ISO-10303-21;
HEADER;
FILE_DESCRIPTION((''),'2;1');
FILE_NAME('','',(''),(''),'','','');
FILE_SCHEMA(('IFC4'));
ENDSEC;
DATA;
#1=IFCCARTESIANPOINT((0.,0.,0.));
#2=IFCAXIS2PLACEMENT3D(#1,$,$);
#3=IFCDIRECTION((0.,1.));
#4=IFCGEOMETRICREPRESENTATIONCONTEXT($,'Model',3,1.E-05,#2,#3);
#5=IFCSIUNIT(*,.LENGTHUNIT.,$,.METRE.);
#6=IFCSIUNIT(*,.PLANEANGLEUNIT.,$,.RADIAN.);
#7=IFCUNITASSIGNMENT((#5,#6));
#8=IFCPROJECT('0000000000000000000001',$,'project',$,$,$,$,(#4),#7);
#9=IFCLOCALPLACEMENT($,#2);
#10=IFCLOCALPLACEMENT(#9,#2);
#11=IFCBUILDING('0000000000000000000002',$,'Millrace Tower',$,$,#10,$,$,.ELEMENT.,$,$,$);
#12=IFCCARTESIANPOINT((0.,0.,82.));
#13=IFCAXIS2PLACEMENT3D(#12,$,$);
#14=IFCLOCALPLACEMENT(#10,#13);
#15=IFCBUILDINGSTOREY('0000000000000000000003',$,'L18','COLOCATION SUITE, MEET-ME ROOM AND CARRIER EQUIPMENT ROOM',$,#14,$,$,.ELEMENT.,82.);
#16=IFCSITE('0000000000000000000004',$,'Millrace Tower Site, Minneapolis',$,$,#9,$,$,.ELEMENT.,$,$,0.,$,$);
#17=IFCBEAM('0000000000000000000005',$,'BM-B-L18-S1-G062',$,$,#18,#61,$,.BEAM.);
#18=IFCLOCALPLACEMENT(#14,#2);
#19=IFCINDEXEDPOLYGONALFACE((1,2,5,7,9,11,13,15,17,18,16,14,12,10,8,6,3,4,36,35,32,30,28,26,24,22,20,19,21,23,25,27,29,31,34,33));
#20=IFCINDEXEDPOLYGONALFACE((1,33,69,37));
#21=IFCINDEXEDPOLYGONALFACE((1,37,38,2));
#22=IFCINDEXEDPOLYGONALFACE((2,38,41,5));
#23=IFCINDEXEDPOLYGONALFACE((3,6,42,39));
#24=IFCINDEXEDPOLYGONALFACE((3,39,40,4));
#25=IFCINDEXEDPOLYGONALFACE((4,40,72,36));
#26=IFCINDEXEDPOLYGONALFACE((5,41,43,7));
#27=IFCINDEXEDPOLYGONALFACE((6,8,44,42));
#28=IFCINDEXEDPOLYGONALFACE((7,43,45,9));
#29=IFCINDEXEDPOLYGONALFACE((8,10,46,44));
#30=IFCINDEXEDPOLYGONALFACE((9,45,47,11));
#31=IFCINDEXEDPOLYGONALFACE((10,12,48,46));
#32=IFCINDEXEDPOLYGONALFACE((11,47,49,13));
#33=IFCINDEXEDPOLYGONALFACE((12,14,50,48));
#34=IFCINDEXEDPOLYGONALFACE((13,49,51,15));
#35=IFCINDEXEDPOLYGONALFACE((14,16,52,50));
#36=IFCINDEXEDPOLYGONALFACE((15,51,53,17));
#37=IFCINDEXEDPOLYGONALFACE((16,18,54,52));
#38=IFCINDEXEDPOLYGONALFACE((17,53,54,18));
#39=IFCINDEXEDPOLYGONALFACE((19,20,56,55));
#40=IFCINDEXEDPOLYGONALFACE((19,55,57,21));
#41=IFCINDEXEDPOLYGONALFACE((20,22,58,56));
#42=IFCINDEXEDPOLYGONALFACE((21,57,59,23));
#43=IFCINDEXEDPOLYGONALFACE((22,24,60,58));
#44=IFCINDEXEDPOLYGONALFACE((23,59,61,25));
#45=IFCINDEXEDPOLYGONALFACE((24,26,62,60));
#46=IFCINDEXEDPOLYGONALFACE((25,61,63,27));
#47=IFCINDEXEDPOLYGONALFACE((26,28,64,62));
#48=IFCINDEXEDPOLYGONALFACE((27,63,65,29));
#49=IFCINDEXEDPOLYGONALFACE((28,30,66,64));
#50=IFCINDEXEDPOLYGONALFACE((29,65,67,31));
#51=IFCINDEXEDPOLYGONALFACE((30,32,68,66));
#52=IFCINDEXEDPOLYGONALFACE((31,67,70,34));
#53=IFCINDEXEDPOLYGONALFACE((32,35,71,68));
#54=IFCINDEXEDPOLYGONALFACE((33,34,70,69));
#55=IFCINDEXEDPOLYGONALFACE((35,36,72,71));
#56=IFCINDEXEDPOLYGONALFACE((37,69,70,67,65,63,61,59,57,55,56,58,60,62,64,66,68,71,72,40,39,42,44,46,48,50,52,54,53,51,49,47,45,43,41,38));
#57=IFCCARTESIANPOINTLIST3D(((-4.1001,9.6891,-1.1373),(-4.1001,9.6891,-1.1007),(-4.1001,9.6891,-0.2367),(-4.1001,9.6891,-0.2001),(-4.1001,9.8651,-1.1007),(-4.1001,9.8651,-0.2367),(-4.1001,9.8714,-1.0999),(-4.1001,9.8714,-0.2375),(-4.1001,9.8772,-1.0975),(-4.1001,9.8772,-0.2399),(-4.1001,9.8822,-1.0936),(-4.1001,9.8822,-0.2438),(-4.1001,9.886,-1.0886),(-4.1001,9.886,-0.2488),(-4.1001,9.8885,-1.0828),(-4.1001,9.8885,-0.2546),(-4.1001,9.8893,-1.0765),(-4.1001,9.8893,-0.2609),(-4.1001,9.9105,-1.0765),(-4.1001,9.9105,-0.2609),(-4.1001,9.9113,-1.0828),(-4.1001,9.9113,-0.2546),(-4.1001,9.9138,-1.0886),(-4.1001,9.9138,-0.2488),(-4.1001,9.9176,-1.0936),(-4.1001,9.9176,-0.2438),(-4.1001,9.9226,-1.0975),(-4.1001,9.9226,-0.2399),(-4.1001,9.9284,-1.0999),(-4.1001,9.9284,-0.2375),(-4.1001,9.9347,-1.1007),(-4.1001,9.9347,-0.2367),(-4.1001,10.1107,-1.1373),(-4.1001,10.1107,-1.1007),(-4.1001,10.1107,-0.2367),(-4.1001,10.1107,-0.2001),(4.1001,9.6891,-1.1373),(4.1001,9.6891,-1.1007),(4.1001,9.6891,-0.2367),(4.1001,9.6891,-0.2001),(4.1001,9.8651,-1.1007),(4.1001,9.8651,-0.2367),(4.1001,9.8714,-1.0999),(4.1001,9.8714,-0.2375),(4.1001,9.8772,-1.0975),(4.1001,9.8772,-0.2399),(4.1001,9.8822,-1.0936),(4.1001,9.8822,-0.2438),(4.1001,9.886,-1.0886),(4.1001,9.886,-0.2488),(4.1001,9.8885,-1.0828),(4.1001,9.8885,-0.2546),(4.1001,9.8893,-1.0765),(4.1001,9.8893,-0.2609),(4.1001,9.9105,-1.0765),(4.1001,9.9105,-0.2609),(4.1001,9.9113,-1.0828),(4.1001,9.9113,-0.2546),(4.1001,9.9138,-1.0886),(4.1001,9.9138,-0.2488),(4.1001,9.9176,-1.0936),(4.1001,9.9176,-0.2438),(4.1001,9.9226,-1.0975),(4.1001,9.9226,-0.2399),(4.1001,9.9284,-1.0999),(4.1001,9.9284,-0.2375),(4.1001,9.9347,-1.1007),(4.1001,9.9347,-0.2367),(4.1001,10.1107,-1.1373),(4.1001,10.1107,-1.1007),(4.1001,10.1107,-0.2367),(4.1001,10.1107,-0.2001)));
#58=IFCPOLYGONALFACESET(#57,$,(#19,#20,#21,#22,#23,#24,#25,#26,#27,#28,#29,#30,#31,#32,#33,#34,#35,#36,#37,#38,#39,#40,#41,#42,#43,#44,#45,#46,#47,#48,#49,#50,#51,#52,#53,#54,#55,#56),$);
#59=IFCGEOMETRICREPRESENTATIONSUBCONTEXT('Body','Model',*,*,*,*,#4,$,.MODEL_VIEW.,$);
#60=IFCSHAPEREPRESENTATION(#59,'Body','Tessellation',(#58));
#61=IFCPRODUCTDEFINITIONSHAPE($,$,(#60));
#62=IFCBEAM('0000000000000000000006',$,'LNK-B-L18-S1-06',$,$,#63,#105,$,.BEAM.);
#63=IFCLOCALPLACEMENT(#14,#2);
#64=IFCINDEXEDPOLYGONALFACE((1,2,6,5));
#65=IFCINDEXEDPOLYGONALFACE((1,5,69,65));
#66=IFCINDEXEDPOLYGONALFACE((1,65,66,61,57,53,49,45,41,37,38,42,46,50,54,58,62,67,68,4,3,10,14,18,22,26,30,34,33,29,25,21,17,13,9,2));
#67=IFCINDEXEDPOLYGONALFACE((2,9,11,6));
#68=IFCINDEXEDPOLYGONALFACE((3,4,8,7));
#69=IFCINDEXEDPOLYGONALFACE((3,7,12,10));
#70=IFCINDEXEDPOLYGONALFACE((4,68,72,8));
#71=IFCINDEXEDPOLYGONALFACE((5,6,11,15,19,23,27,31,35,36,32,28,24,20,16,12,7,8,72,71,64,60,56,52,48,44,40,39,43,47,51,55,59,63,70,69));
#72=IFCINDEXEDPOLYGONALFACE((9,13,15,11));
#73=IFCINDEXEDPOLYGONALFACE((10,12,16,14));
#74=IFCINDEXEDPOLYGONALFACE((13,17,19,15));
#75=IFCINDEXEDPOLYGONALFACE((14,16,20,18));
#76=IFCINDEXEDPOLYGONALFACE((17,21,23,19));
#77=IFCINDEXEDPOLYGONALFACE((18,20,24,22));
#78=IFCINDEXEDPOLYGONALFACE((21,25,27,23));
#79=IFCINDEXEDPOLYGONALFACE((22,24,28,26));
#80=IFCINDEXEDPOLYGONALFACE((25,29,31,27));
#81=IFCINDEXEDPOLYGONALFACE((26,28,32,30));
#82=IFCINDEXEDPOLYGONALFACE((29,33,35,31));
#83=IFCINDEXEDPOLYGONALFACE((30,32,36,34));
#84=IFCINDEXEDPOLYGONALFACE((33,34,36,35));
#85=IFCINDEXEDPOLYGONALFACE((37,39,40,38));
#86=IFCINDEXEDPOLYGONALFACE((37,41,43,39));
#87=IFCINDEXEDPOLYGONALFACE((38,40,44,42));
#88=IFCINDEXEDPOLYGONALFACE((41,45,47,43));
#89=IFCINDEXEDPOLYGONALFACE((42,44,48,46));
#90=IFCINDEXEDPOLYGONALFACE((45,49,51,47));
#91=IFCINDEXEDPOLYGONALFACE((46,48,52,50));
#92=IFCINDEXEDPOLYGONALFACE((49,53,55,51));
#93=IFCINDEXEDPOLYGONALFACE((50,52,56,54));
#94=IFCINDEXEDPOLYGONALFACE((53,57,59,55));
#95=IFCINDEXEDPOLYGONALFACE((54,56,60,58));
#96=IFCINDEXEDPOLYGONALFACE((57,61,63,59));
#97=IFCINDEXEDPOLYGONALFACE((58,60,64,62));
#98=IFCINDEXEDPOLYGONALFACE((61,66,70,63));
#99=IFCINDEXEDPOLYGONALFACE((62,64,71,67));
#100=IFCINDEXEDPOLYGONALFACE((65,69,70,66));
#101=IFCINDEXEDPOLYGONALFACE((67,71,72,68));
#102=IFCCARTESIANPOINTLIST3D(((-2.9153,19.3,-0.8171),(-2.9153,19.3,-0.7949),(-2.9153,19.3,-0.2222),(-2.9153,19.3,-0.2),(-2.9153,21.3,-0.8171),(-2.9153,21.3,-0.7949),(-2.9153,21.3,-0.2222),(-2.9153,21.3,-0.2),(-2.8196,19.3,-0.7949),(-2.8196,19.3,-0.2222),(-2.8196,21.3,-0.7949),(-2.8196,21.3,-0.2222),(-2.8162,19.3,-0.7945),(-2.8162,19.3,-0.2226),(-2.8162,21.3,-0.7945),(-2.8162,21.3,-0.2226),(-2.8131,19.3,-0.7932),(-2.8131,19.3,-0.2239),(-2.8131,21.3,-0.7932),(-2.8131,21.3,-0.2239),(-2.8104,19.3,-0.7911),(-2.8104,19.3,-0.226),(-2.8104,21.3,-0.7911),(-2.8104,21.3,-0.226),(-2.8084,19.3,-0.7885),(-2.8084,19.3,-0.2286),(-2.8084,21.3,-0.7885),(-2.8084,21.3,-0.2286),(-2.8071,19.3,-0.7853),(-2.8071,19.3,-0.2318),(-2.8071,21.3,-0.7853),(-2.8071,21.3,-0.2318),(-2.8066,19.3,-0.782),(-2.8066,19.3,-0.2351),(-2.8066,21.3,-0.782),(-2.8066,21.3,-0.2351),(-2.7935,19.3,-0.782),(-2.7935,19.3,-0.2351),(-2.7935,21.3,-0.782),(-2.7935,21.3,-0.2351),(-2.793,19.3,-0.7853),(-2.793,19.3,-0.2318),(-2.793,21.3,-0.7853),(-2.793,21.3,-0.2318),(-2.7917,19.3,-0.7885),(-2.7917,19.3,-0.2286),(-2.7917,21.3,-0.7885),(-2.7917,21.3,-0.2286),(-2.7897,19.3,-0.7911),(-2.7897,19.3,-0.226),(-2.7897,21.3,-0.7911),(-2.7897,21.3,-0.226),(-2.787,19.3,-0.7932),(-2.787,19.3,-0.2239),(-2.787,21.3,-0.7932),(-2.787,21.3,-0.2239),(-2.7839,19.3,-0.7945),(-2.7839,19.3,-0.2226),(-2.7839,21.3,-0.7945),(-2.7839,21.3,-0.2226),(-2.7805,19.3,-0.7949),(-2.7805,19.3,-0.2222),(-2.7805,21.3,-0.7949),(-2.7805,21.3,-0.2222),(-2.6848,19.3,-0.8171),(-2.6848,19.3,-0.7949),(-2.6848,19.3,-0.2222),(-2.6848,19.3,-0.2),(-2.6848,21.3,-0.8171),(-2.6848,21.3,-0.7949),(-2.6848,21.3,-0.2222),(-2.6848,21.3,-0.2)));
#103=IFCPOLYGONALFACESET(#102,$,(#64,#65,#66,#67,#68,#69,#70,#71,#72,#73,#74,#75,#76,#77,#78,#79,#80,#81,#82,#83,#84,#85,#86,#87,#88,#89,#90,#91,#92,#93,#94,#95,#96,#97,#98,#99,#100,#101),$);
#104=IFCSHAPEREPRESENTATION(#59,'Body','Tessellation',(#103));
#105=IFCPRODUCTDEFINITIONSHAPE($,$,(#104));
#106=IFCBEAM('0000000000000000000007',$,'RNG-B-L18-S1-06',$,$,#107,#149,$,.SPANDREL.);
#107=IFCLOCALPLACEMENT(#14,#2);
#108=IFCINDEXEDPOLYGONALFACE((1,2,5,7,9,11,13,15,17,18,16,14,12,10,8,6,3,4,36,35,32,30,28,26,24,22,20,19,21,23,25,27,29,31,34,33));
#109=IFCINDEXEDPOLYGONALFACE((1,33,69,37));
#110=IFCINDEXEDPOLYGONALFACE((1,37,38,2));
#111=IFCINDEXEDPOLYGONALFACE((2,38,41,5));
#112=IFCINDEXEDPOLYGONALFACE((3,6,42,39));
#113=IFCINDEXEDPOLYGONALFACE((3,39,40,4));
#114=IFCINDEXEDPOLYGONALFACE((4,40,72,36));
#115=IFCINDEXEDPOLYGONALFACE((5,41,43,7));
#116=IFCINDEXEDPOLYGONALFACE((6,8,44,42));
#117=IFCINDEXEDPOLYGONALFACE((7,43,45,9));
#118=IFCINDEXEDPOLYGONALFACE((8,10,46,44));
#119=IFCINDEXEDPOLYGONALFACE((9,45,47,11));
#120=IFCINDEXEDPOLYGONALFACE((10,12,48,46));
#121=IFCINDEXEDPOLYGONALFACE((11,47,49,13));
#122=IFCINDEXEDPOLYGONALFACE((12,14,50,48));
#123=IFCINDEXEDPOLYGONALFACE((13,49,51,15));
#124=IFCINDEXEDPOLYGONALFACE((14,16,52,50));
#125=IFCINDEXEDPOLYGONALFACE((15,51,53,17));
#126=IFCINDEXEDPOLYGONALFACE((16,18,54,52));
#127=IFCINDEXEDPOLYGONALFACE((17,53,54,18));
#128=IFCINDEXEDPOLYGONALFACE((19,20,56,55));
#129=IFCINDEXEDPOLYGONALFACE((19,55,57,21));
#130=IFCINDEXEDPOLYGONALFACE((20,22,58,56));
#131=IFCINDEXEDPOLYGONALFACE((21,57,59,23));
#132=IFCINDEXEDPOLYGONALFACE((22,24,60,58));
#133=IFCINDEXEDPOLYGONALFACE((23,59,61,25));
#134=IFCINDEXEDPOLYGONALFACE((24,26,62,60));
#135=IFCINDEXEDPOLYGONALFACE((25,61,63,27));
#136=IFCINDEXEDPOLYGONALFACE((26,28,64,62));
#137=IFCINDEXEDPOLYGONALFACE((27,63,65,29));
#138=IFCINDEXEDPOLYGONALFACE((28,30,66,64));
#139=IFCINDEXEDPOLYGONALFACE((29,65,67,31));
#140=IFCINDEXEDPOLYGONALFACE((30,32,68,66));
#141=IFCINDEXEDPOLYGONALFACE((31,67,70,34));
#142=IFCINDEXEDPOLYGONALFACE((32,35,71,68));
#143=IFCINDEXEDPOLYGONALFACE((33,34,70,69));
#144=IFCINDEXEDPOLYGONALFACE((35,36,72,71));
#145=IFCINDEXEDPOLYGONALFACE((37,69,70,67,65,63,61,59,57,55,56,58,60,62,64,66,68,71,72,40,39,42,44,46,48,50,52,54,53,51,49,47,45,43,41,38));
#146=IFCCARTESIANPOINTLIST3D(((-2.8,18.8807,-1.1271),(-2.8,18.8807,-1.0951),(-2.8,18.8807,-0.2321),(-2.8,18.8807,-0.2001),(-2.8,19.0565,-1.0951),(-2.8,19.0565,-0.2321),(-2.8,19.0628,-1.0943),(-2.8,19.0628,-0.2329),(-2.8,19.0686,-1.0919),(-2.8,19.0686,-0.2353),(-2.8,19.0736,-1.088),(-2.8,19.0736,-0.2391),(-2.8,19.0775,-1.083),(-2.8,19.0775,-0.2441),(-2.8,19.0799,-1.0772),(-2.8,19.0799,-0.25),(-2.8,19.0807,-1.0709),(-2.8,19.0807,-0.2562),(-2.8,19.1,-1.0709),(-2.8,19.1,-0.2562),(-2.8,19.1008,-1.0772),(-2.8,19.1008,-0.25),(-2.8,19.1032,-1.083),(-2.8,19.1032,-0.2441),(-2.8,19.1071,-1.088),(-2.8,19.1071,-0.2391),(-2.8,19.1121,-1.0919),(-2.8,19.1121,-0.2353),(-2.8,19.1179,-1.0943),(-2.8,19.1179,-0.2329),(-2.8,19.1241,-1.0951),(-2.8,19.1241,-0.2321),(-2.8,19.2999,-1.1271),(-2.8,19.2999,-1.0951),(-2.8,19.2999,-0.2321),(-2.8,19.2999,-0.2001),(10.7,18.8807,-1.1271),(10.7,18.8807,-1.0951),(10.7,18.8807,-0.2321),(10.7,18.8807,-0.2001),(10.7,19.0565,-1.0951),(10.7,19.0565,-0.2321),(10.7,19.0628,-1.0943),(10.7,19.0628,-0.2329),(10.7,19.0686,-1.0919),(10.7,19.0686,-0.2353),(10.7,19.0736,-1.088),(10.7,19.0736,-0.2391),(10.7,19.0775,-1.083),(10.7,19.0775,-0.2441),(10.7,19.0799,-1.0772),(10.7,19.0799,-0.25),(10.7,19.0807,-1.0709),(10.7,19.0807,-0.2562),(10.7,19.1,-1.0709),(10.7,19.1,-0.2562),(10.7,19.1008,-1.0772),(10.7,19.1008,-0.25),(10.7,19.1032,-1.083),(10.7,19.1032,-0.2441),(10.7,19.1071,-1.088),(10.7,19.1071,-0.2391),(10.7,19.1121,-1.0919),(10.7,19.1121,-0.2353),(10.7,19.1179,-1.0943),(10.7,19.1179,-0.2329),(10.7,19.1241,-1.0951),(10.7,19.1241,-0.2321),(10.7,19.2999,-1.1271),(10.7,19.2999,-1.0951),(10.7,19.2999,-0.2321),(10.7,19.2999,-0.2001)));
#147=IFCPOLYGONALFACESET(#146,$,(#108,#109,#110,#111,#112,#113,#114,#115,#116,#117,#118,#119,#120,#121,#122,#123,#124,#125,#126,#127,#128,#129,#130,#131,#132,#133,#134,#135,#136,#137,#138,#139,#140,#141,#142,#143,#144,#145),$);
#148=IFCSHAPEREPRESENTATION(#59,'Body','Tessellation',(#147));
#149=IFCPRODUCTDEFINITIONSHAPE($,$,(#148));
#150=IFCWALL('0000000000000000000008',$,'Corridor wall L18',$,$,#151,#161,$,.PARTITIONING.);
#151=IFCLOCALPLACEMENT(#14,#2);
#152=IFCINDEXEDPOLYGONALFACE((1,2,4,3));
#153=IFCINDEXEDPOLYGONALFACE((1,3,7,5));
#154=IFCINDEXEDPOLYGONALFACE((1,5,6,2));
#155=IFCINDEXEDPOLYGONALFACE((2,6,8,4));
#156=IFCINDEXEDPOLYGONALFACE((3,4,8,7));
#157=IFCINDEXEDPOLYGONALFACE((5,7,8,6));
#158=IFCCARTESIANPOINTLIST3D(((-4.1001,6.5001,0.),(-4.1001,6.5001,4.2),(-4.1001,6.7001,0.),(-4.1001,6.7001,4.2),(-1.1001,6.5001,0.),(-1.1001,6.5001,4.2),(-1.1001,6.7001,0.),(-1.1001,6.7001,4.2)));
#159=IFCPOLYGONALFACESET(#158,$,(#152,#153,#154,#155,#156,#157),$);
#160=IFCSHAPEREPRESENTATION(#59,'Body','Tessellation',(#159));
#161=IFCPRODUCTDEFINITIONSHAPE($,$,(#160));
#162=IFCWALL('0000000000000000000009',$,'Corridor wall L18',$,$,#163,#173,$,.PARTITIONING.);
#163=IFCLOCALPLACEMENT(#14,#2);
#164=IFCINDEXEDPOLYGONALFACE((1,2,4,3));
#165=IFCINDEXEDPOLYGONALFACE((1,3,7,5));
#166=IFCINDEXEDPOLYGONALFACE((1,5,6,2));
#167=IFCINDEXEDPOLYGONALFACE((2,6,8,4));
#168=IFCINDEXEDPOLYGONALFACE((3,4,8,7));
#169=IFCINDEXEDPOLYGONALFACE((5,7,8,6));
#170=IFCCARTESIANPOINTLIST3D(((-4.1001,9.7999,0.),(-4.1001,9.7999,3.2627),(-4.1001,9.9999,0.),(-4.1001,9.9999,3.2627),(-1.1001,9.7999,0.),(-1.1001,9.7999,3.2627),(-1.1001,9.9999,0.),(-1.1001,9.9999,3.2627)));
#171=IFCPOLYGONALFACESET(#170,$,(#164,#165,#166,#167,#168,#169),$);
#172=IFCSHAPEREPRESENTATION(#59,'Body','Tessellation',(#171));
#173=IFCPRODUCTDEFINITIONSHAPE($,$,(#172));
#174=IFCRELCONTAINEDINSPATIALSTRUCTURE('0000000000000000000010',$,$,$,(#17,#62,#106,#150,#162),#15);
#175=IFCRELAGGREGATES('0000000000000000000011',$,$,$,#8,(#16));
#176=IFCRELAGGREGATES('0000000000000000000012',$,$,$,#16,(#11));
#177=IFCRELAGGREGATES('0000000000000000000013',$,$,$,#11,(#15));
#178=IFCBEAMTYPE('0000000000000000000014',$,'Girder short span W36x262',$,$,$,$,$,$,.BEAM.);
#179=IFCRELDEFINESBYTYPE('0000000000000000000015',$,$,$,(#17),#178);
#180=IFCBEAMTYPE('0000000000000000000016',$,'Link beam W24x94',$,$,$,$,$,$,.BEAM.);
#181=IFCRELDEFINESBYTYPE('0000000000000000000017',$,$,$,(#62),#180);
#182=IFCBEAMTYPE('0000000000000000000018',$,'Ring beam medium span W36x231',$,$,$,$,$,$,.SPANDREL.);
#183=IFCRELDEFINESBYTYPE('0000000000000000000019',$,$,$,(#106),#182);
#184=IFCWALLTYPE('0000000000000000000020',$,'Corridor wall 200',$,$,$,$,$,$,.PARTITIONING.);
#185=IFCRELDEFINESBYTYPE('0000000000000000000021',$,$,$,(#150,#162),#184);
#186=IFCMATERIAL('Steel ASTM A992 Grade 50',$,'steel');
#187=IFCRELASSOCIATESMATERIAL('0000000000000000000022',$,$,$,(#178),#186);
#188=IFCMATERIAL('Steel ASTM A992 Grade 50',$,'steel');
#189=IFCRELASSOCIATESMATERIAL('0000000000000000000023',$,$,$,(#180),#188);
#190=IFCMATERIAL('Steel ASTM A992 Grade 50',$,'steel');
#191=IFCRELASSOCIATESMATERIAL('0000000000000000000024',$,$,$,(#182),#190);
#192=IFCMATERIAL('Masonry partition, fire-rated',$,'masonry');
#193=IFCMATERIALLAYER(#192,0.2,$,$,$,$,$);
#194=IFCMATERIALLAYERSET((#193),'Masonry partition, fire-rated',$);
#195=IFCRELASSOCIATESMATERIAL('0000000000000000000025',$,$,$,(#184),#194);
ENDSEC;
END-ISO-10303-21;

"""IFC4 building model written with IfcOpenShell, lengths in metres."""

from ifc_helpers import new_model, si_unit, direction, frame, frame_2d, origin, origin_2d, place, context, subcontext, project, spatial, rectangle, i_section, extrude, material, layer, layer_set, material_profile, profile_set, type_object, element, save


model = new_model("IFC4")

# Units and contexts
model_context = context("Model", 3, precision=1e-05, world=origin(), true_north=direction((0.0, 1.0)))
body_context = subcontext(model_context, "Body", "Model", "MODEL_VIEW")
ifc_project = project(units=[si_unit("LENGTHUNIT", "METRE"), si_unit("PLANEANGLEUNIT", "RADIAN")], contexts=[model_context])

# Site, building, storey
site_placement = place(None, origin())
site = spatial("IfcSite", under=ifc_project, at=site_placement, Name="Millrace Tower Site, Minneapolis", CompositionType="ELEMENT", RefElevation=0.0)
building_placement = place(site_placement, origin())
building = spatial("IfcBuilding", under=site, at=building_placement, Name="Millrace Tower", CompositionType="ELEMENT")
storey_placement = place(building_placement, frame((0.0, 0.0, 82.0)))
storey = spatial("IfcBuildingStorey", under=building, at=storey_placement, Name="L18", Description="COLOCATION SUITE, MEET-ME ROOM AND CARRIER EQUIPMENT ROOM", CompositionType="ELEMENT", Elevation=82.0)

# Beams
ifc_material_1 = material(Name="Steel ASTM A992 Grade 50", Category="steel")
ifc_material_profile_1 = material_profile(ifc_material_1, i_section(OverallWidth=0.4216, OverallDepth=0.9373, WebThickness=0.0212, FlangeThickness=0.0366, FilletRadius=0.0242, at=origin_2d()))
ifc_profile_set_1 = profile_set([ifc_material_profile_1], Name="Steel ASTM A992 Grade 50")
beam_type_1 = type_object("IfcBeamType", Name="Girder short span W36x262", PredefinedType="BEAM", material=ifc_profile_set_1)
beam_1_placement = place(storey_placement, frame((-4.1001, 9.8999, -0.6687), z_axis=(1.0, 0.0, 0.0), x_axis=(0.0, 1.0, 0.0)))
element("IfcBeam", 1, at=beam_1_placement, inside=storey, type_object=beam_type_1, Name="BM-B-L18-S1-G062", PredefinedType="BEAM", context=body_context, shape_type="SweptSolid", body=[
    extrude(i_section(OverallWidth=0.4216, OverallDepth=0.9373, WebThickness=0.0212, FlangeThickness=0.0366, FilletRadius=0.0242, at=origin_2d()), origin(), (0.0, 0.0, 1.0), 8.2002),
])
ifc_material_2 = material(Name="Steel ASTM A992 Grade 50", Category="steel")
ifc_material_profile_2 = material_profile(ifc_material_2, i_section(OverallWidth=0.2305, OverallDepth=0.6172, WebThickness=0.0132, FlangeThickness=0.0222, FilletRadius=0.0129, at=origin_2d()))
ifc_profile_set_2 = profile_set([ifc_material_profile_2], Name="Steel ASTM A992 Grade 50")
beam_type_2 = type_object("IfcBeamType", Name="Link beam W24x94", PredefinedType="BEAM", material=ifc_profile_set_2)
beam_2_placement = place(storey_placement, frame((-2.8, 19.3, -0.5085), z_axis=(0.0, 1.0, 0.0), x_axis=(-1.0, 0.0, 0.0)))
element("IfcBeam", 2, at=beam_2_placement, inside=storey, type_object=beam_type_2, Name="LNK-B-L18-S1-06", PredefinedType="BEAM", context=body_context, shape_type="SweptSolid", body=[
    extrude(i_section(OverallWidth=0.2305, OverallDepth=0.6172, WebThickness=0.0132, FlangeThickness=0.0222, FilletRadius=0.0129, at=origin_2d()), origin(), (0.0, 0.0, 1.0), 2.0),
])
ifc_material_3 = material(Name="Steel ASTM A992 Grade 50", Category="steel")
ifc_material_profile_3 = material_profile(ifc_material_3, i_section(OverallWidth=0.4192, OverallDepth=0.927, WebThickness=0.0193, FlangeThickness=0.032, FilletRadius=0.0242, at=origin_2d()))
ifc_profile_set_3 = profile_set([ifc_material_profile_3], Name="Steel ASTM A992 Grade 50")
beam_type_3 = type_object("IfcBeamType", Name="Ring beam medium span W36x231", PredefinedType="SPANDREL", material=ifc_profile_set_3)
beam_3_placement = place(storey_placement, frame((-2.8, 19.0903, -0.6636), z_axis=(1.0, 0.0, 0.0), x_axis=(0.0, 1.0, 0.0)))
element("IfcBeam", 3, at=beam_3_placement, inside=storey, type_object=beam_type_3, Name="RNG-B-L18-S1-06", PredefinedType="SPANDREL", context=body_context, shape_type="SweptSolid", body=[
    extrude(i_section(OverallWidth=0.4192, OverallDepth=0.927, WebThickness=0.0193, FlangeThickness=0.032, FilletRadius=0.0242, at=origin_2d()), origin(), (0.0, 0.0, 1.0), 13.5),
])

# Walls
ifc_material_4 = material(Name="Masonry partition, fire-rated", Category="masonry")
ifc_layer_1 = layer(ifc_material_4, 0.2)
ifc_layer_set_1 = layer_set([ifc_layer_1], Name="Masonry partition, fire-rated")
wall_type_1 = type_object("IfcWallType", Name="Corridor wall 200", PredefinedType="PARTITIONING", material=ifc_layer_set_1)
wall_1_placement = place(storey_placement, frame((-4.1001, 6.6001, 0.0), z_axis=(0.0, 0.0, 1.0), x_axis=(1.0, 0.0, 0.0)))
element("IfcWall", 4, at=wall_1_placement, inside=storey, type_object=wall_type_1, Name="Corridor wall L18", PredefinedType="PARTITIONING", context=body_context, shape_type="SweptSolid", body=[
    extrude(rectangle(XDim=3.0, YDim=0.2, at=frame_2d((1.5, 0.0))), origin(), (0.0, 0.0, 1.0), 4.2),
])
wall_2_placement = place(storey_placement, frame((-4.1001, 9.8999, 0.0), z_axis=(0.0, 0.0, 1.0), x_axis=(1.0, 0.0, 0.0)))
element("IfcWall", 5, at=wall_2_placement, inside=storey, type_object=wall_type_1, Name="Corridor wall L18", PredefinedType="PARTITIONING", context=body_context, shape_type="SweptSolid", body=[
    extrude(rectangle(XDim=3.0, YDim=0.2, at=frame_2d((1.5, 0.0))), origin(), (0.0, 0.0, 1.0), 3.2627),
])

save(model, "model.ifc")
